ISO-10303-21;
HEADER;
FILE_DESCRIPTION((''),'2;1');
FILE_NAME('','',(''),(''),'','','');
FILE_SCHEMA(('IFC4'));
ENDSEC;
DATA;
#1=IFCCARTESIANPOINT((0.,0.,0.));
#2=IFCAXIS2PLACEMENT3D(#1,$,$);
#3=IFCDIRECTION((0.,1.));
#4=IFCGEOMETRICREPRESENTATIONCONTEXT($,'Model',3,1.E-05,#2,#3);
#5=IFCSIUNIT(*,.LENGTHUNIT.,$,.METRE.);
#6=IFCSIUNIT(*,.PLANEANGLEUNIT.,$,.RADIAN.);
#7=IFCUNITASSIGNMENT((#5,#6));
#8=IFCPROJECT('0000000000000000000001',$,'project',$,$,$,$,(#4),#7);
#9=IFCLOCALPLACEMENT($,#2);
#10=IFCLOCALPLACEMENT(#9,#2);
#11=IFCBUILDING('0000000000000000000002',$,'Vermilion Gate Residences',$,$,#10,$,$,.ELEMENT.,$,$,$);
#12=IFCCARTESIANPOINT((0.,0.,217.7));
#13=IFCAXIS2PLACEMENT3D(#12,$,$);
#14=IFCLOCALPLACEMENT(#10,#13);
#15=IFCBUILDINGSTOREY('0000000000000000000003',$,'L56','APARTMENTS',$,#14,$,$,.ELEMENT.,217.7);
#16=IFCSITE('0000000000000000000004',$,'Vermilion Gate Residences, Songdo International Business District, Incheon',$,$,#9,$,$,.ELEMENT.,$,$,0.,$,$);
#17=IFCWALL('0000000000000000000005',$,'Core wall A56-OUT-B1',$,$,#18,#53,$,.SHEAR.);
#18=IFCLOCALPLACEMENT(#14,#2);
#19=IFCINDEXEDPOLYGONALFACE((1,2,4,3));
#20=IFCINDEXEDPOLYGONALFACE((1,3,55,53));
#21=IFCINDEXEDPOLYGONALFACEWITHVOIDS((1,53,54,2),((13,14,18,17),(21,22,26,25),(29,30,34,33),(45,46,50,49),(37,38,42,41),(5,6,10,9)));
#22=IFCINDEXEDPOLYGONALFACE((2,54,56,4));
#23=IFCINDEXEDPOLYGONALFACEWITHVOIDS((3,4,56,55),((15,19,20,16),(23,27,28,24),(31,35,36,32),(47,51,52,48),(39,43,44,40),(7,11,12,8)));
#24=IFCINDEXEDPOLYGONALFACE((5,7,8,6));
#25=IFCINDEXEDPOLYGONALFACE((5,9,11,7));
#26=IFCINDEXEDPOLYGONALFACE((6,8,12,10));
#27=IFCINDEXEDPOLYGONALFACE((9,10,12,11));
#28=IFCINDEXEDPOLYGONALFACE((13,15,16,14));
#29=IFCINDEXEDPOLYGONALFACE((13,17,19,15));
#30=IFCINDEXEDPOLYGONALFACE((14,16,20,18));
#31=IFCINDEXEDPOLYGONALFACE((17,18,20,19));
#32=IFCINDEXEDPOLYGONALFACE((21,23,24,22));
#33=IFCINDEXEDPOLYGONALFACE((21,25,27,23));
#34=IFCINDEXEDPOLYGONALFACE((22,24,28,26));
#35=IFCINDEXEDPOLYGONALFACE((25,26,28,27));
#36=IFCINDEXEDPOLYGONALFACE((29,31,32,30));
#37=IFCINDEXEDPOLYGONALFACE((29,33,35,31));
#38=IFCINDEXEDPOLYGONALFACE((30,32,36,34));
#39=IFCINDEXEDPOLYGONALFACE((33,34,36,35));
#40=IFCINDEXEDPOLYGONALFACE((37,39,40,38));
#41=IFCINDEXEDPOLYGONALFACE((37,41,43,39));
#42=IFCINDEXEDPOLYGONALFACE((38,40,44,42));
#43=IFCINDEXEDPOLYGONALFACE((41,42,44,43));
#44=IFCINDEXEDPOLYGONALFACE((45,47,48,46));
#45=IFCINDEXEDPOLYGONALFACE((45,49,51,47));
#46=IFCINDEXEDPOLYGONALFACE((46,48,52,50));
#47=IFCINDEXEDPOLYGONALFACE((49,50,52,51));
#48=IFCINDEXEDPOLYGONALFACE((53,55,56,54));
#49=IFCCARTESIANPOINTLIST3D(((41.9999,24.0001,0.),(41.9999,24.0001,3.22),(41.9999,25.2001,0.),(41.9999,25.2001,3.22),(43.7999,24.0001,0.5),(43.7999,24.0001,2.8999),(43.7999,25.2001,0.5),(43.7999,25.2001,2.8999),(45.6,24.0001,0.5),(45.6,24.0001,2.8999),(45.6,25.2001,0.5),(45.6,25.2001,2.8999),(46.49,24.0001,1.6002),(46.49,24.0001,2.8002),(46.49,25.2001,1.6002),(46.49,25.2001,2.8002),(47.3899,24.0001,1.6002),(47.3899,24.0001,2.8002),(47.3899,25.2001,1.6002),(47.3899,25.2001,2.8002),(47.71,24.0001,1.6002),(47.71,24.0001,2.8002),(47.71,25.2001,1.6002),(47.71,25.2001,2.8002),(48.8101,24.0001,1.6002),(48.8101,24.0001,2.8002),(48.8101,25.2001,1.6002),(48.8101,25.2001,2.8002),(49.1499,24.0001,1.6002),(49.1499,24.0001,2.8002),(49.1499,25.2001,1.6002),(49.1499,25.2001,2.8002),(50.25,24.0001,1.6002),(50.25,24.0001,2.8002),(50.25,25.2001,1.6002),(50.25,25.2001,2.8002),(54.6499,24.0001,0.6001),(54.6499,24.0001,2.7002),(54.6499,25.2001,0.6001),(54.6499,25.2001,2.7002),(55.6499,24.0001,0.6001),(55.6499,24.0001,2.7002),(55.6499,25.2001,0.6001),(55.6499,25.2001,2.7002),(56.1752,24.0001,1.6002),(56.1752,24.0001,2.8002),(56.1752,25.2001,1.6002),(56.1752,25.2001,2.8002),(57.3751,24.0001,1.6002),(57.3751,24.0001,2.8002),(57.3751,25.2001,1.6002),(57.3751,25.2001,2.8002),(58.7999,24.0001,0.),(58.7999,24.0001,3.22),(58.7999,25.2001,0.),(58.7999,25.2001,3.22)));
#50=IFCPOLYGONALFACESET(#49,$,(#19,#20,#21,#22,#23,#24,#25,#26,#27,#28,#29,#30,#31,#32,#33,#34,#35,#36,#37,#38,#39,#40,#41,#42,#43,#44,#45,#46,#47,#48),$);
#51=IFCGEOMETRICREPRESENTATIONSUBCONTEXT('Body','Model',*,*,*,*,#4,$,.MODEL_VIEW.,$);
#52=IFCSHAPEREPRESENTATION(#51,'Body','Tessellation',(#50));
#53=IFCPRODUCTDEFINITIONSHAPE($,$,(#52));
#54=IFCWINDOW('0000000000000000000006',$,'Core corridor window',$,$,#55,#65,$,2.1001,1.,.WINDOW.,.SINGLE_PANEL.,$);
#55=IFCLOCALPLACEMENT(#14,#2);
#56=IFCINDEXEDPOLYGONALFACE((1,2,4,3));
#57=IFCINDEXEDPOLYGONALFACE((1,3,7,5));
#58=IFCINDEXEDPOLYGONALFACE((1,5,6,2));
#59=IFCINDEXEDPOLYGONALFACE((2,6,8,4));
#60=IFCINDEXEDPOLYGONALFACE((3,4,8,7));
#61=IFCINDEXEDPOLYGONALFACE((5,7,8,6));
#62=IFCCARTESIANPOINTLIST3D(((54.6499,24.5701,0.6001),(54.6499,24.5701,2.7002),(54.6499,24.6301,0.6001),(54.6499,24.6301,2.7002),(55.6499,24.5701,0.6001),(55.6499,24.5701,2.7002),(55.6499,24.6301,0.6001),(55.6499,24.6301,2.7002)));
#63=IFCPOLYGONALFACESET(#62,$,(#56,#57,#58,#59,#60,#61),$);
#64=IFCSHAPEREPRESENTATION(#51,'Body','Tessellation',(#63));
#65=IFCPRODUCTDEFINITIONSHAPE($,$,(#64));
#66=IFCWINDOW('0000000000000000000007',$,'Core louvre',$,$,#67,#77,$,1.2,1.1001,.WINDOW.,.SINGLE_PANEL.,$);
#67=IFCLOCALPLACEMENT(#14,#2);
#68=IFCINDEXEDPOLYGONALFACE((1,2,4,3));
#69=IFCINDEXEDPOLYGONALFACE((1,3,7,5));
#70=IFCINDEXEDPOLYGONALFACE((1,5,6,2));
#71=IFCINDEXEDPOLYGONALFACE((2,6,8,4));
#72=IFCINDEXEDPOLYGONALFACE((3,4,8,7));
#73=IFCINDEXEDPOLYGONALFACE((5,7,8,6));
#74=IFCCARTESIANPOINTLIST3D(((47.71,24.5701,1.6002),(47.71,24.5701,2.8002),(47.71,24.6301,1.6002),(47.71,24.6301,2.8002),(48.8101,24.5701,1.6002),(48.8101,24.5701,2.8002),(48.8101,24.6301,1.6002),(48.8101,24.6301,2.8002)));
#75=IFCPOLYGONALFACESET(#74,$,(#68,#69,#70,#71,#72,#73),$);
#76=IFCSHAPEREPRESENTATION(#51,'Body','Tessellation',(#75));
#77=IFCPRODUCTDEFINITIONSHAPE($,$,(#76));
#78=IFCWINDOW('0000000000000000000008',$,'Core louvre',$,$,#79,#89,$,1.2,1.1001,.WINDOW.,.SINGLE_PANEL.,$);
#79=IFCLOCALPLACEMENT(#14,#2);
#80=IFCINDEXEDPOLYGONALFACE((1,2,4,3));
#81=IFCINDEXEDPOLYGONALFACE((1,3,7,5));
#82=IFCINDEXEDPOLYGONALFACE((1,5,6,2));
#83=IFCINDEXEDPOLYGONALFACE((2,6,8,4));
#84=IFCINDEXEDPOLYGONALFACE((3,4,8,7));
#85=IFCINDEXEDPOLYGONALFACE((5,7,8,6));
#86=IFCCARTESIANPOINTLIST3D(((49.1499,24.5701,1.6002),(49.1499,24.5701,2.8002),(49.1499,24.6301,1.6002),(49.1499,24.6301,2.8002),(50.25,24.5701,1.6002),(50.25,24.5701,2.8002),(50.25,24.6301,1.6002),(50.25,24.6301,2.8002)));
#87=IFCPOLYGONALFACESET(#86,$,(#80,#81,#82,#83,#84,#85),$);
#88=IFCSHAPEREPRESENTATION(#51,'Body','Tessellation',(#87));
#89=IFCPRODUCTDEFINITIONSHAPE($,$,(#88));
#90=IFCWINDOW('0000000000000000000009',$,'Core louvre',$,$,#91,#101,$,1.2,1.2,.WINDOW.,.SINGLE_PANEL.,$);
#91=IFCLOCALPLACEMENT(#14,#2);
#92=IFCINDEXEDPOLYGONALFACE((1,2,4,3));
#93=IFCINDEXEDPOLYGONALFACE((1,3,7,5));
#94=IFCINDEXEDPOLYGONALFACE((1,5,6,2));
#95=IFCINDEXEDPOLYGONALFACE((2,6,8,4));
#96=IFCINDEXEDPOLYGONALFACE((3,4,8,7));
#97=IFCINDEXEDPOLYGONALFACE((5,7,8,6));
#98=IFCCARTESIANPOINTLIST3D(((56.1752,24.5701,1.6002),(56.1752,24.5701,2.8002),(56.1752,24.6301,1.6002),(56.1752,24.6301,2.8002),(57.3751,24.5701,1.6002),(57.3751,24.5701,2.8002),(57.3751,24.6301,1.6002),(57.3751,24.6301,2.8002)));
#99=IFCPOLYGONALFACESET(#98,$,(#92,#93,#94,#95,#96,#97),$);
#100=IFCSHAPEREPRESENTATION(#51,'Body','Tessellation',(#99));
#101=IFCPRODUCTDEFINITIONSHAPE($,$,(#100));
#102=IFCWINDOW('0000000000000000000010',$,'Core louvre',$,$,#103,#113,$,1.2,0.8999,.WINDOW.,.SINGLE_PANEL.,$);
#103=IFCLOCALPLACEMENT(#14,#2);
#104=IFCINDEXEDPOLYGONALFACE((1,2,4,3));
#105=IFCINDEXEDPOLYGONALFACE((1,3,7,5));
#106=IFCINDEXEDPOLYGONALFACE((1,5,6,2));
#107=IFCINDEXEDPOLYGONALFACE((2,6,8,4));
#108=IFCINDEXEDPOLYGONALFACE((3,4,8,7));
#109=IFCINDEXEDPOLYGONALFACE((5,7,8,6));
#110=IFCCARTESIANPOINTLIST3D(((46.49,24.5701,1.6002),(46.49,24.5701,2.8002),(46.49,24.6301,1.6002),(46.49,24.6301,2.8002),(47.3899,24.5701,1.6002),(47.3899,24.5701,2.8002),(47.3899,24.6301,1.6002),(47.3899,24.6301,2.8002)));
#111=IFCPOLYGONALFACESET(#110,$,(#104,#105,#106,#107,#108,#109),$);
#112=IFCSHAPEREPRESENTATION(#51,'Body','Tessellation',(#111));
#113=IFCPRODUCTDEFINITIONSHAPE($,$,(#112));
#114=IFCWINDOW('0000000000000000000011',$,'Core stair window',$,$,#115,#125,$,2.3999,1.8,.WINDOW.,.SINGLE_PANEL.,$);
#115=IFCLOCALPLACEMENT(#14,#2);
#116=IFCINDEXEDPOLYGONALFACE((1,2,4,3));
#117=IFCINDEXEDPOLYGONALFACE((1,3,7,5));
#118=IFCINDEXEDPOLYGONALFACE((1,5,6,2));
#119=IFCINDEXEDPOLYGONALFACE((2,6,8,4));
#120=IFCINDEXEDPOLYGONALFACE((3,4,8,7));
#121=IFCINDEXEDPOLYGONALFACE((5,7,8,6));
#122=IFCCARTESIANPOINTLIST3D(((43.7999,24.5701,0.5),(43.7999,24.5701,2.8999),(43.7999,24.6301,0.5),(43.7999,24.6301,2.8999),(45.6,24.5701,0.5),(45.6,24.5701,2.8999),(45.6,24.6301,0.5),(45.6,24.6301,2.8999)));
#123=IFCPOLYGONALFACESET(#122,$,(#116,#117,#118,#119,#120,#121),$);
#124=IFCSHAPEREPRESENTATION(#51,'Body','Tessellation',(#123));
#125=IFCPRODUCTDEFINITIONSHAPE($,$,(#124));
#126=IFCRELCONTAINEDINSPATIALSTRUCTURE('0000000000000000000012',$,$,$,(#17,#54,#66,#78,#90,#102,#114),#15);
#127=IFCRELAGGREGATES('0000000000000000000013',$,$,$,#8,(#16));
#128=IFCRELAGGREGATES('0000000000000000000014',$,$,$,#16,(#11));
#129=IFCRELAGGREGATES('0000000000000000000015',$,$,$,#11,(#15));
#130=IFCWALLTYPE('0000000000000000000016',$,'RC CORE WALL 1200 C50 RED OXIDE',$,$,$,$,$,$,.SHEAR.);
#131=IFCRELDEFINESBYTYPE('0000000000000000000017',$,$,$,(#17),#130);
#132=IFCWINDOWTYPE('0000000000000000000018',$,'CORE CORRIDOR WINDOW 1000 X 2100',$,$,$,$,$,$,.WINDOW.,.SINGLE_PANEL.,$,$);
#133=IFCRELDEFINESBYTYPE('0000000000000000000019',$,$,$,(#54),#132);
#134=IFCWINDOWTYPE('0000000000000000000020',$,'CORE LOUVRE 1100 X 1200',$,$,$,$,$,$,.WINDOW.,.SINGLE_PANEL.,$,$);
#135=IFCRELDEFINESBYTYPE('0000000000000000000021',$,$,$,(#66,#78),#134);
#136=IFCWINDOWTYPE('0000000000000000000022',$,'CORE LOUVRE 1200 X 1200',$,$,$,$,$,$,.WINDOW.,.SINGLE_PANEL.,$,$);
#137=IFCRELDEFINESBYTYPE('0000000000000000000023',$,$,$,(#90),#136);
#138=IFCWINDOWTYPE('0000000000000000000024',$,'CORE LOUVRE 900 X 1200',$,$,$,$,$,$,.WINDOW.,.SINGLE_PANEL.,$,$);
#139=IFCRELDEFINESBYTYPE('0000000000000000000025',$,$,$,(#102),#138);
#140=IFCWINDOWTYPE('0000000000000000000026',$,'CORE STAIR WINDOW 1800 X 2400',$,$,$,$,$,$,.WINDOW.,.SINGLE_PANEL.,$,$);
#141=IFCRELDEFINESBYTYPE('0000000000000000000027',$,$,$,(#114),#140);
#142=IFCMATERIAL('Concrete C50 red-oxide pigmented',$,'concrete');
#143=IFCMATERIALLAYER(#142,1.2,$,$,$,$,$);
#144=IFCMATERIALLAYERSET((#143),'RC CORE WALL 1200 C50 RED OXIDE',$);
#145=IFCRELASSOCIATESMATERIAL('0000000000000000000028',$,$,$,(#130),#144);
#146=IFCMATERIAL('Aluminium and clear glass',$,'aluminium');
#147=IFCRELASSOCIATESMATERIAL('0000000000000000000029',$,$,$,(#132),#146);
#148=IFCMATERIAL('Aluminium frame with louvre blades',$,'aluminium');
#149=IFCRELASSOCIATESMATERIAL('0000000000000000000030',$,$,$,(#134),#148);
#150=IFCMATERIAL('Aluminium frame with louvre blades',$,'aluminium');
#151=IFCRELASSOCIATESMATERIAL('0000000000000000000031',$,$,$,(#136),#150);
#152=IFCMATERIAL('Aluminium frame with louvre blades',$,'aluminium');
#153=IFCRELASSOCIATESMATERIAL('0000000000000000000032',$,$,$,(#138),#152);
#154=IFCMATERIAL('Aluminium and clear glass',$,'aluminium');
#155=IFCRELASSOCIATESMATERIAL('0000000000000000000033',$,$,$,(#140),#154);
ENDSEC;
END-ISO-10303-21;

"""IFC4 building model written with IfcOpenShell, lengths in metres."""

from ifc_helpers import new_model, si_unit, direction, frame, frame_2d, origin, place, context, subcontext, project, spatial, rectangle, extrude, material, layer, layer_set, type_object, element, fill, save


model = new_model("IFC4")

# Units and contexts
model_context = context("Model", 3, precision=1e-05, world=origin(), true_north=direction((0.0, 1.0)))
body_context = subcontext(model_context, "Body", "Model", "MODEL_VIEW")
ifc_project = project(units=[si_unit("LENGTHUNIT", "METRE"), si_unit("PLANEANGLEUNIT", "RADIAN")], contexts=[model_context])

# Site, building, storey
site_placement = place(None, origin())
site = spatial("IfcSite", under=ifc_project, at=site_placement, Name="Vermilion Gate Residences, Songdo International Business District, Incheon", CompositionType="ELEMENT", RefElevation=0.0)
building_placement = place(site_placement, origin())
building = spatial("IfcBuilding", under=site, at=building_placement, Name="Vermilion Gate Residences", CompositionType="ELEMENT")
storey_placement = place(building_placement, frame((0.0, 0.0, 217.7)))
storey = spatial("IfcBuildingStorey", under=building, at=storey_placement, Name="L56", Description="APARTMENTS", CompositionType="ELEMENT", Elevation=217.7)

# Wall, openings, windows
ifc_material_1 = material(Name="Concrete C50 red-oxide pigmented", Category="concrete")
ifc_layer_1 = layer(ifc_material_1, 1.2)
ifc_layer_set_1 = layer_set([ifc_layer_1], Name="RC CORE WALL 1200 C50 RED OXIDE")
wall_type_1 = type_object("IfcWallType", Name="RC CORE WALL 1200 C50 RED OXIDE", PredefinedType="SHEAR", material=ifc_layer_set_1)
wall_1_placement = place(storey_placement, frame((42.0, 24.6001, 0.0), z_axis=(0.0, 0.0, 1.0), x_axis=(1.0, 0.0, 0.0)))
wall_1 = element("IfcWall", 1, at=wall_1_placement, inside=storey, type_object=wall_type_1, Name="Core wall A56-OUT-B1", PredefinedType="SHEAR", context=body_context, shape_type="SweptSolid", body=[
    extrude(rectangle(XDim=16.8, YDim=1.2, at=frame_2d((8.3999, 0.0))), origin(), (0.0, 0.0, 1.0), 3.22),
])
opening_1_placement = place(wall_1_placement, frame((1.8, 0.0, 0.5)))
opening_1 = element("IfcOpeningElement", 2, at=opening_1_placement, cuts=wall_1, PredefinedType="OPENING", context=body_context, shape_type="SweptSolid", body=[
    extrude(rectangle(XDim=1.8, YDim=2.3999, at=frame_2d((0.8999, 1.2))), frame((0.0, 0.6099, 0.0), z_axis=(0.0, -1.0, 0.0), x_axis=(1.0, 0.0, 0.0)), (0.0, 0.0, 1.0), 1.22),
])
opening_2_placement = place(wall_1_placement, frame((4.49, 0.0, 1.6001)))
opening_2 = element("IfcOpeningElement", 3, at=opening_2_placement, cuts=wall_1, PredefinedType="OPENING", context=body_context, shape_type="SweptSolid", body=[
    extrude(rectangle(XDim=0.8999, YDim=1.2, at=frame_2d((0.45, 0.6001))), frame((0.0, 0.6099, 0.0), z_axis=(0.0, -1.0, 0.0), x_axis=(1.0, 0.0, 0.0)), (0.0, 0.0, 1.0), 1.22),
])
opening_3_placement = place(wall_1_placement, frame((5.71, 0.0, 1.6001)))
opening_3 = element("IfcOpeningElement", 4, at=opening_3_placement, cuts=wall_1, PredefinedType="OPENING", context=body_context, shape_type="SweptSolid", body=[
    extrude(rectangle(XDim=1.1001, YDim=1.2, at=frame_2d((0.55, 0.6001))), frame((0.0, 0.6099, 0.0), z_axis=(0.0, -1.0, 0.0), x_axis=(1.0, 0.0, 0.0)), (0.0, 0.0, 1.0), 1.22),
])
opening_4_placement = place(wall_1_placement, frame((7.1499, 0.0, 1.6001)))
opening_4 = element("IfcOpeningElement", 5, at=opening_4_placement, cuts=wall_1, PredefinedType="OPENING", context=body_context, shape_type="SweptSolid", body=[
    extrude(rectangle(XDim=1.1001, YDim=1.2, at=frame_2d((0.55, 0.6001))), frame((0.0, 0.6099, 0.0), z_axis=(0.0, -1.0, 0.0), x_axis=(1.0, 0.0, 0.0)), (0.0, 0.0, 1.0), 1.22),
])
opening_5_placement = place(wall_1_placement, frame((12.6499, 0.0, 0.6001)))
opening_5 = element("IfcOpeningElement", 6, at=opening_5_placement, cuts=wall_1, PredefinedType="OPENING", context=body_context, shape_type="SweptSolid", body=[
    extrude(rectangle(XDim=1.0, YDim=2.1001, at=frame_2d((0.5, 1.05))), frame((0.0, 0.6099, 0.0), z_axis=(0.0, -1.0, 0.0), x_axis=(1.0, 0.0, 0.0)), (0.0, 0.0, 1.0), 1.22),
])
opening_6_placement = place(wall_1_placement, frame((14.175, 0.0, 1.6001)))
opening_6 = element("IfcOpeningElement", 7, at=opening_6_placement, cuts=wall_1, PredefinedType="OPENING", context=body_context, shape_type="SweptSolid", body=[
    extrude(rectangle(XDim=1.2, YDim=1.2, at=frame_2d((0.6001, 0.6001))), frame((0.0, 0.6099, 0.0), z_axis=(0.0, -1.0, 0.0), x_axis=(1.0, 0.0, 0.0)), (0.0, 0.0, 1.0), 1.22),
])
ifc_material_2 = material(Name="Aluminium and clear glass", Category="aluminium")
window_type_1 = type_object("IfcWindowType", Name="CORE CORRIDOR WINDOW 1000 X 2100", PartitioningType="SINGLE_PANEL", PredefinedType="WINDOW", material=ifc_material_2)
window_1_placement = place(opening_5_placement, origin())
window_1 = element("IfcWindow", 8, at=window_1_placement, inside=storey, type_object=window_type_1, Name="Core corridor window", OverallHeight=2.1001, OverallWidth=1.0, PartitioningType="SINGLE_PANEL", PredefinedType="WINDOW", context=body_context, shape_type="SweptSolid", body=[
    extrude(rectangle(XDim=1.0, YDim=2.1001, at=frame_2d((0.5, 1.05))), frame((0.0, 0.03, 0.0), z_axis=(0.0, -1.0, 0.0), x_axis=(1.0, 0.0, 0.0)), (0.0, 0.0, 1.0), 0.0601),
])
fill(opening_5, window_1)
ifc_material_3 = material(Name="Aluminium frame with louvre blades", Category="aluminium")
window_type_2 = type_object("IfcWindowType", Name="CORE LOUVRE 1100 X 1200", PartitioningType="SINGLE_PANEL", PredefinedType="WINDOW", material=ifc_material_3)
window_2_placement = place(opening_3_placement, origin())
window_2 = element("IfcWindow", 9, at=window_2_placement, inside=storey, type_object=window_type_2, Name="Core louvre", OverallHeight=1.2, OverallWidth=1.1001, PartitioningType="SINGLE_PANEL", PredefinedType="WINDOW", context=body_context, shape_type="SweptSolid", body=[
    extrude(rectangle(XDim=1.1001, YDim=1.2, at=frame_2d((0.55, 0.6001))), frame((0.0, 0.03, 0.0), z_axis=(0.0, -1.0, 0.0), x_axis=(1.0, 0.0, 0.0)), (0.0, 0.0, 1.0), 0.0601),
])
fill(opening_3, window_2)
window_3_placement = place(opening_4_placement, origin())
window_3 = element("IfcWindow", 10, at=window_3_placement, inside=storey, type_object=window_type_2, Name="Core louvre", OverallHeight=1.2, OverallWidth=1.1001, PartitioningType="SINGLE_PANEL", PredefinedType="WINDOW", context=body_context, shape_type="SweptSolid", body=[
    extrude(rectangle(XDim=1.1001, YDim=1.2, at=frame_2d((0.55, 0.6001))), frame((0.0, 0.03, 0.0), z_axis=(0.0, -1.0, 0.0), x_axis=(1.0, 0.0, 0.0)), (0.0, 0.0, 1.0), 0.0601),
])
fill(opening_4, window_3)
ifc_material_4 = material(Name="Aluminium frame with louvre blades", Category="aluminium")
window_type_3 = type_object("IfcWindowType", Name="CORE LOUVRE 1200 X 1200", PartitioningType="SINGLE_PANEL", PredefinedType="WINDOW", material=ifc_material_4)
window_4_placement = place(opening_6_placement, origin())
window_4 = element("IfcWindow", 11, at=window_4_placement, inside=storey, type_object=window_type_3, Name="Core louvre", OverallHeight=1.2, OverallWidth=1.2, PartitioningType="SINGLE_PANEL", PredefinedType="WINDOW", context=body_context, shape_type="SweptSolid", body=[
    extrude(rectangle(XDim=1.2, YDim=1.2, at=frame_2d((0.6001, 0.6001))), frame((0.0, 0.03, 0.0), z_axis=(0.0, -1.0, 0.0), x_axis=(1.0, 0.0, 0.0)), (0.0, 0.0, 1.0), 0.0601),
])
fill(opening_6, window_4)
ifc_material_5 = material(Name="Aluminium frame with louvre blades", Category="aluminium")
window_type_4 = type_object("IfcWindowType", Name="CORE LOUVRE 900 X 1200", PartitioningType="SINGLE_PANEL", PredefinedType="WINDOW", material=ifc_material_5)
window_5_placement = place(opening_2_placement, origin())
window_5 = element("IfcWindow", 12, at=window_5_placement, inside=storey, type_object=window_type_4, Name="Core louvre", OverallHeight=1.2, OverallWidth=0.8999, PartitioningType="SINGLE_PANEL", PredefinedType="WINDOW", context=body_context, shape_type="SweptSolid", body=[
    extrude(rectangle(XDim=0.8999, YDim=1.2, at=frame_2d((0.45, 0.6001))), frame((0.0, 0.03, 0.0), z_axis=(0.0, -1.0, 0.0), x_axis=(1.0, 0.0, 0.0)), (0.0, 0.0, 1.0), 0.0601),
])
fill(opening_2, window_5)
ifc_material_6 = material(Name="Aluminium and clear glass", Category="aluminium")
window_type_5 = type_object("IfcWindowType", Name="CORE STAIR WINDOW 1800 X 2400", PartitioningType="SINGLE_PANEL", PredefinedType="WINDOW", material=ifc_material_6)
window_6_placement = place(opening_1_placement, origin())
window_6 = element("IfcWindow", 13, at=window_6_placement, inside=storey, type_object=window_type_5, Name="Core stair window", OverallHeight=2.3999, OverallWidth=1.8, PartitioningType="SINGLE_PANEL", PredefinedType="WINDOW", context=body_context, shape_type="SweptSolid", body=[
    extrude(rectangle(XDim=1.8, YDim=2.3999, at=frame_2d((0.8999, 1.2))), frame((0.0, 0.03, 0.0), z_axis=(0.0, -1.0, 0.0), x_axis=(1.0, 0.0, 0.0)), (0.0, 0.0, 1.0), 0.0601),
])
fill(opening_1, window_6)

save(model, "model.ifc")
